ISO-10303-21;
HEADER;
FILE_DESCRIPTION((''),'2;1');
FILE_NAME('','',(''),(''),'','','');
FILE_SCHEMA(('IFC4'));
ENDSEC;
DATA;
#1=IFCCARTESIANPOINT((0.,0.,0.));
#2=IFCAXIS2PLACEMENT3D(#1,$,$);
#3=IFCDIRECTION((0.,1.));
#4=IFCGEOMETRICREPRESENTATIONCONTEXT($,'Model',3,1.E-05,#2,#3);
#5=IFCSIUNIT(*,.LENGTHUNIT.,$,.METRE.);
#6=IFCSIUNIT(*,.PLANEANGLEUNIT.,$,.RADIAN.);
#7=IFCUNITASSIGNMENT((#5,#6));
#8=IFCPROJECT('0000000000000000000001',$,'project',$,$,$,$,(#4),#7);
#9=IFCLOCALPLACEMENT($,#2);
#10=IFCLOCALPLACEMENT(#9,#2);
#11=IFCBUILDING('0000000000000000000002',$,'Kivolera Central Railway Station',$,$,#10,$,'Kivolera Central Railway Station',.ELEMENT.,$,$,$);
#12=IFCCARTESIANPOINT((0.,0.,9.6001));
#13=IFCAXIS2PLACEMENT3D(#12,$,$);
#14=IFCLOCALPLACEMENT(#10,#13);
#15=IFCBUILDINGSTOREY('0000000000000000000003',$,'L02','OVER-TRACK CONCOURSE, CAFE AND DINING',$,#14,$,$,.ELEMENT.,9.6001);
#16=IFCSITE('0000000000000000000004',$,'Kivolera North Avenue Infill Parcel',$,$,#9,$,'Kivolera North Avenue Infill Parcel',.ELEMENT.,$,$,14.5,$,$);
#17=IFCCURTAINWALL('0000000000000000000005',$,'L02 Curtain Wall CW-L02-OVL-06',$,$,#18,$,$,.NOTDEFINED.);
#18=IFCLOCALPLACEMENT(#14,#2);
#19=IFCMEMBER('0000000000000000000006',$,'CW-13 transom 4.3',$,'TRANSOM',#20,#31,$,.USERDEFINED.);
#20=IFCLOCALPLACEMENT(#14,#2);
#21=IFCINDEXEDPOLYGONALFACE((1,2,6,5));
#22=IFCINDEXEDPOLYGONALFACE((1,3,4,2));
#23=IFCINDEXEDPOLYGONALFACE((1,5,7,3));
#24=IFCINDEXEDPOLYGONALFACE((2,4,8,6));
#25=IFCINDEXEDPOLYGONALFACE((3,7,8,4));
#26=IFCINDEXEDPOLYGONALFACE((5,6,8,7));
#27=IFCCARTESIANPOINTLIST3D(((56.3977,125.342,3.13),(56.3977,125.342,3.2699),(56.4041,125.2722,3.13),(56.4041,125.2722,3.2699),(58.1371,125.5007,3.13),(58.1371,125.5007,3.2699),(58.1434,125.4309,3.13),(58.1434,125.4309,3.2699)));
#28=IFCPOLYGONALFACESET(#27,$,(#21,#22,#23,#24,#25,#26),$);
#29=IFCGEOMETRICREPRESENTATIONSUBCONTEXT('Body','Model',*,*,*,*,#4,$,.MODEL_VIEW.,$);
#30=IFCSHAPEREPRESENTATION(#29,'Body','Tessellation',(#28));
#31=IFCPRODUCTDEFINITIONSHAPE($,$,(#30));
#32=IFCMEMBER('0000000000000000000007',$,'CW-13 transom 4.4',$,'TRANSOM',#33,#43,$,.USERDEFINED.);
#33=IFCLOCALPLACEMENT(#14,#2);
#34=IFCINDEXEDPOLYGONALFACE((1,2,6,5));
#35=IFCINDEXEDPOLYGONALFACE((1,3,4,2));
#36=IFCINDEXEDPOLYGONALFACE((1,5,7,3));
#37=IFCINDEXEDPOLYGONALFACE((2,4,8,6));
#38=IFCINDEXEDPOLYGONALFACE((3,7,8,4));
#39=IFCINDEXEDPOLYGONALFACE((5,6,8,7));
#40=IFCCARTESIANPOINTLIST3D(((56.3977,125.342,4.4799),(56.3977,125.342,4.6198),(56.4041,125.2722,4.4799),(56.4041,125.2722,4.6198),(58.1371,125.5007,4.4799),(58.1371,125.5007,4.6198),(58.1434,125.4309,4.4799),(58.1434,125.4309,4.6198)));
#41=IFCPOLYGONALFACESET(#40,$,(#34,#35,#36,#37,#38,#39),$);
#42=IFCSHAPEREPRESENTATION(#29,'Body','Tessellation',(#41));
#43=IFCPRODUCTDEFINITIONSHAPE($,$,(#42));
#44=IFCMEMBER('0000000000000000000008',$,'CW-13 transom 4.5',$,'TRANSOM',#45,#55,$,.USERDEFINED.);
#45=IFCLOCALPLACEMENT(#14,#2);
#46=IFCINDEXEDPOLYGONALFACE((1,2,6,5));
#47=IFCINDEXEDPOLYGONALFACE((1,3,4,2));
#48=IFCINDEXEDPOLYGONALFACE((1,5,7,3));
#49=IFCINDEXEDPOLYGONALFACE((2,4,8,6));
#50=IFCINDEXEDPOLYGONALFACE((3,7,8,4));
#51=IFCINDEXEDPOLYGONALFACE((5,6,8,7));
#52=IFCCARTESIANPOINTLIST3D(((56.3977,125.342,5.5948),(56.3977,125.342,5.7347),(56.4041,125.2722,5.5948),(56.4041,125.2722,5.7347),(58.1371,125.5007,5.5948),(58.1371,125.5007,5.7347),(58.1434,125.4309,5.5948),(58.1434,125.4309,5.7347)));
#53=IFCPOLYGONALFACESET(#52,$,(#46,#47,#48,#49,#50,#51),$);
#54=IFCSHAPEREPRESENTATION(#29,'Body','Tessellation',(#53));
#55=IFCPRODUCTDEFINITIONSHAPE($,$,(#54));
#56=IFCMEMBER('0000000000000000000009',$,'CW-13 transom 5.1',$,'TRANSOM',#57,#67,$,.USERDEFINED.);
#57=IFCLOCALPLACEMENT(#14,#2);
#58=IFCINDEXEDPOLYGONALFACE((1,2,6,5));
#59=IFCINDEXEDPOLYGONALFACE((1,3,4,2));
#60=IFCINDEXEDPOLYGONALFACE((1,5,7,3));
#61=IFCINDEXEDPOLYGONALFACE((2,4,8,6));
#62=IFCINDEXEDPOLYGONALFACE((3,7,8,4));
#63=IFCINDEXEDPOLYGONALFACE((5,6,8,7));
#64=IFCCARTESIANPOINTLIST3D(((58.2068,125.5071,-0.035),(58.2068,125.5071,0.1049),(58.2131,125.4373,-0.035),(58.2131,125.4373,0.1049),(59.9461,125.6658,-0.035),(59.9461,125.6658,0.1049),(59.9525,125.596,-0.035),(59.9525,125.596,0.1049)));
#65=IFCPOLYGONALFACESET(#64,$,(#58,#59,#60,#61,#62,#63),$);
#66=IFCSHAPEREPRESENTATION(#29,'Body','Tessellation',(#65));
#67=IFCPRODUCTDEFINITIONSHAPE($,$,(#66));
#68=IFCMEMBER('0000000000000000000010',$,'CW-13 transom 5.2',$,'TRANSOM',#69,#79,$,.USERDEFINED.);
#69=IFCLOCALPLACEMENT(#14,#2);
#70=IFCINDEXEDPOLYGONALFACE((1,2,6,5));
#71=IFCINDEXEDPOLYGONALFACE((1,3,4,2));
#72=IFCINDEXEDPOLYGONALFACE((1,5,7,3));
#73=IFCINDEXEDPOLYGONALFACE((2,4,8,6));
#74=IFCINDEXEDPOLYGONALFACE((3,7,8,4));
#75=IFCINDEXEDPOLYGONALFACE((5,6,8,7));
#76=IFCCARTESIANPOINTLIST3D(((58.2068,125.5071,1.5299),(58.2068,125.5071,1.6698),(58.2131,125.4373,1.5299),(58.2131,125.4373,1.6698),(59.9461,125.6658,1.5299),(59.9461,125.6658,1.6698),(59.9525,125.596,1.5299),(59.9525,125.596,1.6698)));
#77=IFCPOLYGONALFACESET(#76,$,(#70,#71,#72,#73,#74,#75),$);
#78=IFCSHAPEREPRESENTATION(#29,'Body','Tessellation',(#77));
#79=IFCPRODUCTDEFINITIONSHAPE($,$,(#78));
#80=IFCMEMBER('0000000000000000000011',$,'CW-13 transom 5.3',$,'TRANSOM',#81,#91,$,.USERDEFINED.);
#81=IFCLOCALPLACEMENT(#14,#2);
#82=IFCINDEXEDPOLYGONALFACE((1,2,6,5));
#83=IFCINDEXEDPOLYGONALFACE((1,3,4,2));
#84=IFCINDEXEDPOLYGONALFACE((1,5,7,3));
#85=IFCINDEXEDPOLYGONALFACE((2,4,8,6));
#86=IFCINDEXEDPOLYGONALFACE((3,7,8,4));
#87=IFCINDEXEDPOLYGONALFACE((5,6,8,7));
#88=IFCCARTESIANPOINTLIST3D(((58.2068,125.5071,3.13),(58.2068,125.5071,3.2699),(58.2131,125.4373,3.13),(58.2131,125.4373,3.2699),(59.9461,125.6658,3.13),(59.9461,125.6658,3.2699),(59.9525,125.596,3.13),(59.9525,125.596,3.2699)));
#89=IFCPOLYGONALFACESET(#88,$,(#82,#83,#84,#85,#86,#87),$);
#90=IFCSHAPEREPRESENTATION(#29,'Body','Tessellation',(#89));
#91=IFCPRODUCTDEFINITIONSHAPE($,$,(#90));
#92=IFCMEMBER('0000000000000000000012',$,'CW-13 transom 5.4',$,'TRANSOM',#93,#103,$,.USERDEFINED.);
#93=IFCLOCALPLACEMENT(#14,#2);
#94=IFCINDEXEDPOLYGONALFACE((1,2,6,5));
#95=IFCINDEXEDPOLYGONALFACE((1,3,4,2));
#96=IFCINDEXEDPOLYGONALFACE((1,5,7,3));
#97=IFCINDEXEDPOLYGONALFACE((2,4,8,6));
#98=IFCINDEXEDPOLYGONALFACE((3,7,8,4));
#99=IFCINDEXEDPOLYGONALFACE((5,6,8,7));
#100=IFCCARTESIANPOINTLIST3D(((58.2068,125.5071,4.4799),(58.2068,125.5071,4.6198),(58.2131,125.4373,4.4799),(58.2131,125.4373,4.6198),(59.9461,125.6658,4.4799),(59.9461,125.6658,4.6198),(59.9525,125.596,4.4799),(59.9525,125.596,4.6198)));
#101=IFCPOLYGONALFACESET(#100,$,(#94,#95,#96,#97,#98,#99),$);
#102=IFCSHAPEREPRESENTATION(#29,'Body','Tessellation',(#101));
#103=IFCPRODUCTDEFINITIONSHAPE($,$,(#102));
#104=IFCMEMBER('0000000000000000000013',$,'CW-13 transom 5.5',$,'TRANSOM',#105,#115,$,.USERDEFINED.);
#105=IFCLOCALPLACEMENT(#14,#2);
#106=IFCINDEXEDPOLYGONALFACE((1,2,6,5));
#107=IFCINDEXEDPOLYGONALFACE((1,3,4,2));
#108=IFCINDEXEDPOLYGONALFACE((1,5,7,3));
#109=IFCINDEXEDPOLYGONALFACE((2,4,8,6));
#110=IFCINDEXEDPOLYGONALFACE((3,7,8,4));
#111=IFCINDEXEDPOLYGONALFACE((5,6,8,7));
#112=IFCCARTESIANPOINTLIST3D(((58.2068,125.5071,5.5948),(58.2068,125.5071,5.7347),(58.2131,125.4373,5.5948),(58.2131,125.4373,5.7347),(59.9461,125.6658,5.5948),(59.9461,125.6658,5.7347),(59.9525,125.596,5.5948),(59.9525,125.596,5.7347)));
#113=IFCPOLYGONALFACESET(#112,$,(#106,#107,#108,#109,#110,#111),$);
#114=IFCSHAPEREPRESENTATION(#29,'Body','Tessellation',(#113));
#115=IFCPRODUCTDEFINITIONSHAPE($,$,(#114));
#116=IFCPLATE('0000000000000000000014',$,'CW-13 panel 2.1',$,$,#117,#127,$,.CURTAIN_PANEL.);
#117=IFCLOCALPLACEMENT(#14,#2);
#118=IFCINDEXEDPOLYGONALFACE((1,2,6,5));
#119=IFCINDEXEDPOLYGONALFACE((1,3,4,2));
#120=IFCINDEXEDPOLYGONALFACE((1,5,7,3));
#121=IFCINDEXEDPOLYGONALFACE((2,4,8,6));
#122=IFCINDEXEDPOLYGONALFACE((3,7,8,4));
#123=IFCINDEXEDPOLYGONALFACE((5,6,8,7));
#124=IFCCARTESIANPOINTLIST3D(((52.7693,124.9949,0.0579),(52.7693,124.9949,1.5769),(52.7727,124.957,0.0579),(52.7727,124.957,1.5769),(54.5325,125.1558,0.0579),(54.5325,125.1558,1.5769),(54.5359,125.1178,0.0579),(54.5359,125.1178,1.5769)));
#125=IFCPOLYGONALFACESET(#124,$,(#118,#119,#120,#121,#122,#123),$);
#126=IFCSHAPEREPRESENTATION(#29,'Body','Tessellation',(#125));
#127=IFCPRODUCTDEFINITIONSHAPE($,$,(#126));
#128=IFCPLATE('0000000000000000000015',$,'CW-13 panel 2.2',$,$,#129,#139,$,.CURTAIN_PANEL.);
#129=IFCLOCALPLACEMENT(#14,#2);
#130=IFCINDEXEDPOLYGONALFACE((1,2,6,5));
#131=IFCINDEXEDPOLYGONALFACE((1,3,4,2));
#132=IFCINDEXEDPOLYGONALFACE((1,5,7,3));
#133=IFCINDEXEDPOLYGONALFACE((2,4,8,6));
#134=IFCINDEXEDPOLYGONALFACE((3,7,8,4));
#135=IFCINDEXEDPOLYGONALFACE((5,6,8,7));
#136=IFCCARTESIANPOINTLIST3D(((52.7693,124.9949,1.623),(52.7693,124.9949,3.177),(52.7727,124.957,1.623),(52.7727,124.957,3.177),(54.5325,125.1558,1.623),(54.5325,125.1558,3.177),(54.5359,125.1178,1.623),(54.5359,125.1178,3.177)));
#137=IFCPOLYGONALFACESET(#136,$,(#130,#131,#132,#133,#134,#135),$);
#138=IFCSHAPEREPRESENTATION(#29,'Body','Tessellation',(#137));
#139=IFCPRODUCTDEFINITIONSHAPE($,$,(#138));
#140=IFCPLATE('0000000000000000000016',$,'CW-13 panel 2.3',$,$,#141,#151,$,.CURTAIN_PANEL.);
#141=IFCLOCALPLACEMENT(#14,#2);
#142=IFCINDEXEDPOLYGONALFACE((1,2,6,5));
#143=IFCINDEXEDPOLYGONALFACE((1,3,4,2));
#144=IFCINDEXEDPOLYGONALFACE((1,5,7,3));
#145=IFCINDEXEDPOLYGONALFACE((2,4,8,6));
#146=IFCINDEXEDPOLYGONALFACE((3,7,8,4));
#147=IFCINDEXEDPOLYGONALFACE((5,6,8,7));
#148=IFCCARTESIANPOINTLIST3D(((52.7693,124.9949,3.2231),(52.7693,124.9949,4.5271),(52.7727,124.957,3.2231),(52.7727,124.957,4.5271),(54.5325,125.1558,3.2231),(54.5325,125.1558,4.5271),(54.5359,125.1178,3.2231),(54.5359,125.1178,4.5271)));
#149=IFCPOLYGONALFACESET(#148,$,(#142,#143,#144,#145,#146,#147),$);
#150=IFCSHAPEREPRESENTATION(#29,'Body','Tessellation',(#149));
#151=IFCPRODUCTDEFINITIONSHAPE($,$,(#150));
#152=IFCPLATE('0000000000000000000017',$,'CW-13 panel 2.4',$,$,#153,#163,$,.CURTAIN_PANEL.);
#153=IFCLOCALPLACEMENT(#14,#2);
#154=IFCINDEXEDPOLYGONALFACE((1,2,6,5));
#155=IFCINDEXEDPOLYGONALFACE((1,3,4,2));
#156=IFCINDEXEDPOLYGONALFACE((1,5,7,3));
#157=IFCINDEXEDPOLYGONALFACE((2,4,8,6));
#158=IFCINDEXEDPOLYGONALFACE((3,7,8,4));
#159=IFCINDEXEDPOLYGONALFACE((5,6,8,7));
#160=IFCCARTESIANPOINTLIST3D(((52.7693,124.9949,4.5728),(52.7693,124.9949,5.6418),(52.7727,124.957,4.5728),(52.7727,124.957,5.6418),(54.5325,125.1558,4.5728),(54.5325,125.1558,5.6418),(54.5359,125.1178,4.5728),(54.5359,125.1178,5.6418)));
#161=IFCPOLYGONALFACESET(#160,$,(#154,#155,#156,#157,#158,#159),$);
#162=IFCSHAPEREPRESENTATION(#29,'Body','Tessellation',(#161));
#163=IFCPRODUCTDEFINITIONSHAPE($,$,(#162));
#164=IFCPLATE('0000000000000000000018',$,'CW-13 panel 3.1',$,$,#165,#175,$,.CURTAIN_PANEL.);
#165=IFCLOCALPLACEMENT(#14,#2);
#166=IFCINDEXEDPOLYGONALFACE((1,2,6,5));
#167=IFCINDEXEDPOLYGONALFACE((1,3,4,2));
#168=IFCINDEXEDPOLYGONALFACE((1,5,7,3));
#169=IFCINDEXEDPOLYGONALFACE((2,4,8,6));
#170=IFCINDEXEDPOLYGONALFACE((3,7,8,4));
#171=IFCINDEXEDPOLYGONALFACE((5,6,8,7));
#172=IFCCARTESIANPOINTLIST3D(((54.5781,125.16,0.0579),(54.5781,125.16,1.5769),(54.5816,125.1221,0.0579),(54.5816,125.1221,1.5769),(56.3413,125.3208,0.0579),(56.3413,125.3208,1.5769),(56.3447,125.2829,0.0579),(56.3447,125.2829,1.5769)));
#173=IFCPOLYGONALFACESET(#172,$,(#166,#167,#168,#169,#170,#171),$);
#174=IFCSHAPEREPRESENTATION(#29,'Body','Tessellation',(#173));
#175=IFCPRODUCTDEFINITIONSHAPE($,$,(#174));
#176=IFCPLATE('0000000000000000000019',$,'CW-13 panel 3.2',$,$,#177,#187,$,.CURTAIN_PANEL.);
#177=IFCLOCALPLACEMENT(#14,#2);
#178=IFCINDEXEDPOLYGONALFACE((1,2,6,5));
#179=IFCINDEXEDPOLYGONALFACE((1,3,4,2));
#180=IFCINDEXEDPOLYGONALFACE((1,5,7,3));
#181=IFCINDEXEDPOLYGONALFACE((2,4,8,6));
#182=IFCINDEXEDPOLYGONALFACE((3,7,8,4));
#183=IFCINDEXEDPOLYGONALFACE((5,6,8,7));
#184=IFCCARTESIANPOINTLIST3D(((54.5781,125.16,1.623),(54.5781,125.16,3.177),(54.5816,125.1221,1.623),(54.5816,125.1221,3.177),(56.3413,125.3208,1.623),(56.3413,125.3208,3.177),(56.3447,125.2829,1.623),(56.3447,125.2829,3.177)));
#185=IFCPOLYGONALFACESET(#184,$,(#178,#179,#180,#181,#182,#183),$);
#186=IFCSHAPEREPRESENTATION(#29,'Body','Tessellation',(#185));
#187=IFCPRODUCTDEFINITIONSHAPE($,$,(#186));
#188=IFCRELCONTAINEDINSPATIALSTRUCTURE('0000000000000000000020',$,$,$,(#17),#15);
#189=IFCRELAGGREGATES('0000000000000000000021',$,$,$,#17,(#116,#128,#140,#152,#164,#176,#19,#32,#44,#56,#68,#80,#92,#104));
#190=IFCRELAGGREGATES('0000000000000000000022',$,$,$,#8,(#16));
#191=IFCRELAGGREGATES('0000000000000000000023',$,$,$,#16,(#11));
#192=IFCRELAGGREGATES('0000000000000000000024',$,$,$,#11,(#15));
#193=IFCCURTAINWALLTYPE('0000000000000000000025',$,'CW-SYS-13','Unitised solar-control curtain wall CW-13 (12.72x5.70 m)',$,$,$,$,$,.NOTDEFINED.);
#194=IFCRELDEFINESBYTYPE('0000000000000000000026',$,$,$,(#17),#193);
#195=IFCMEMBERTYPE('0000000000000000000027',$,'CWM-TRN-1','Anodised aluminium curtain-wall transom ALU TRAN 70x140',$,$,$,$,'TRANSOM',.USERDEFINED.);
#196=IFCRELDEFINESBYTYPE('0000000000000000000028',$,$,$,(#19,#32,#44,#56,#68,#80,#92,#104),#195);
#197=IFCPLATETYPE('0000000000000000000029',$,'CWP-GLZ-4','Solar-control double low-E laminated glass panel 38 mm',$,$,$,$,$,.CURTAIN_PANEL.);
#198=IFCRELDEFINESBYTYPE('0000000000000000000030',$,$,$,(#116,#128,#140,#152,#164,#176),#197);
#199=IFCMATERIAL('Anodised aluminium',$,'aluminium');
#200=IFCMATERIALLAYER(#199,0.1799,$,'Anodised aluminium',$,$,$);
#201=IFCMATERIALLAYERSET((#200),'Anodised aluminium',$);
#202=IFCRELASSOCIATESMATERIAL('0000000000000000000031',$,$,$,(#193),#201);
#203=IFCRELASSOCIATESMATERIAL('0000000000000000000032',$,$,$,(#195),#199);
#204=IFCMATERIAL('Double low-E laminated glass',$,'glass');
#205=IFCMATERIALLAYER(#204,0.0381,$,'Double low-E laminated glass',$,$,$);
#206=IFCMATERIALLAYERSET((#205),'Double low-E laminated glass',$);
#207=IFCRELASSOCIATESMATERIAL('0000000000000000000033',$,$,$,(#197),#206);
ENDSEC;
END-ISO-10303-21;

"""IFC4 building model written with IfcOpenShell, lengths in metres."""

from ifc_helpers import new_model, si_unit, direction, frame, origin, origin_2d, place, context, subcontext, project, spatial, rectangle, extrude, material, layer, layer_set, material_profile, profile_set, type_object, element, aggregate, save


model = new_model("IFC4")

# Units and contexts
model_context = context("Model", 3, precision=1e-05, world=origin(), true_north=direction((0.0, 1.0)))
body_context = subcontext(model_context, "Body", "Model", "MODEL_VIEW")
ifc_project = project(units=[si_unit("LENGTHUNIT", "METRE"), si_unit("PLANEANGLEUNIT", "RADIAN")], contexts=[model_context])

# Site, building, storey
site_placement = place(None, origin())
site = spatial("IfcSite", under=ifc_project, at=site_placement, Name="Kivolera North Avenue Infill Parcel", LongName="Kivolera North Avenue Infill Parcel", CompositionType="ELEMENT", RefElevation=14.5)
building_placement = place(site_placement, origin())
building = spatial("IfcBuilding", under=site, at=building_placement, Name="Kivolera Central Railway Station", LongName="Kivolera Central Railway Station", CompositionType="ELEMENT")
storey_placement = place(building_placement, frame((0.0, 0.0, 9.6001)))
storey = spatial("IfcBuildingStorey", under=building, at=storey_placement, Name="L02", Description="OVER-TRACK CONCOURSE, CAFE AND DINING", CompositionType="ELEMENT", Elevation=9.6001)

# Curtain wall, members, plates
ifc_material_1 = material(Name="Anodised aluminium", Category="aluminium")
ifc_layer_1 = layer(ifc_material_1, 0.1799, Name="Anodised aluminium")
ifc_layer_set_1 = layer_set([ifc_layer_1], Name="Anodised aluminium")
curtain_wall_type = type_object("IfcCurtainWallType", Name="CW-SYS-13", Description="Unitised solar-control curtain wall CW-13 (12.72x5.70 m)", PredefinedType="NOTDEFINED", material=ifc_layer_set_1)
curtain_wall_placement = place(storey_placement, origin())
curtain_wall = element("IfcCurtainWall", 1, at=curtain_wall_placement, inside=storey, type_object=curtain_wall_type, Name="L02 Curtain Wall CW-L02-OVL-06", PredefinedType="NOTDEFINED")
ifc_material_profile_1 = material_profile(ifc_material_1, rectangle(XDim=0.0701, YDim=0.1399, at=origin_2d()), Name="ALU TRAN 70x140")
ifc_profile_set_1 = profile_set([ifc_material_profile_1], Name="Anodised aluminium")
member_type_1 = type_object("IfcMemberType", Name="CWM-TRN-1", Description="Anodised aluminium curtain-wall transom ALU TRAN 70x140", ElementType="TRANSOM", PredefinedType="USERDEFINED", material=ifc_profile_set_1)
member_1_placement = place(storey_placement, frame((56.4009, 125.3071, 3.2), z_axis=(0.995863, 0.090863, 0.0), x_axis=(-0.090863, 0.995863, 0.0)))
member_1 = element("IfcMember", 2, at=member_1_placement, type_object=member_type_1, Name="CW-13 transom 4.3", ObjectType="TRANSOM", PredefinedType="USERDEFINED", context=body_context, shape_type="SweptSolid", body=[
    extrude(rectangle(XDim=0.0701, YDim=0.1399, at=origin_2d()), origin(), (0.0, 0.0, 1.0), 1.7466),
])
member_2_placement = place(storey_placement, frame((56.4009, 125.3071, 4.5498), z_axis=(0.995863, 0.090863, 0.0), x_axis=(-0.090863, 0.995863, 0.0)))
member_2 = element("IfcMember", 3, at=member_2_placement, type_object=member_type_1, Name="CW-13 transom 4.4", ObjectType="TRANSOM", PredefinedType="USERDEFINED", context=body_context, shape_type="SweptSolid", body=[
    extrude(rectangle(XDim=0.0701, YDim=0.1399, at=origin_2d()), origin(), (0.0, 0.0, 1.0), 1.7466),
])
member_3_placement = place(storey_placement, frame((56.4009, 125.3071, 5.6648), z_axis=(0.995863, 0.090863, 0.0), x_axis=(-0.090863, 0.995863, 0.0)))
member_3 = element("IfcMember", 4, at=member_3_placement, type_object=member_type_1, Name="CW-13 transom 4.5", ObjectType="TRANSOM", PredefinedType="USERDEFINED", context=body_context, shape_type="SweptSolid", body=[
    extrude(rectangle(XDim=0.0701, YDim=0.1399, at=origin_2d()), origin(), (0.0, 0.0, 1.0), 1.7466),
])
member_4_placement = place(storey_placement, frame((58.21, 125.4722, 0.0349), z_axis=(0.995863, 0.090863, 0.0), x_axis=(-0.090863, 0.995863, 0.0)))
member_4 = element("IfcMember", 5, at=member_4_placement, type_object=member_type_1, Name="CW-13 transom 5.1", ObjectType="TRANSOM", PredefinedType="USERDEFINED", context=body_context, shape_type="SweptSolid", body=[
    extrude(rectangle(XDim=0.0701, YDim=0.1399, at=origin_2d()), origin(), (0.0, 0.0, 1.0), 1.7466),
])
member_5_placement = place(storey_placement, frame((58.21, 125.4722, 1.5999), z_axis=(0.995863, 0.090863, 0.0), x_axis=(-0.090863, 0.995863, 0.0)))
member_5 = element("IfcMember", 6, at=member_5_placement, type_object=member_type_1, Name="CW-13 transom 5.2", ObjectType="TRANSOM", PredefinedType="USERDEFINED", context=body_context, shape_type="SweptSolid", body=[
    extrude(rectangle(XDim=0.0701, YDim=0.1399, at=origin_2d()), origin(), (0.0, 0.0, 1.0), 1.7466),
])
member_6_placement = place(storey_placement, frame((58.21, 125.4722, 3.2), z_axis=(0.995863, 0.090863, 0.0), x_axis=(-0.090863, 0.995863, 0.0)))
member_6 = element("IfcMember", 7, at=member_6_placement, type_object=member_type_1, Name="CW-13 transom 5.3", ObjectType="TRANSOM", PredefinedType="USERDEFINED", context=body_context, shape_type="SweptSolid", body=[
    extrude(rectangle(XDim=0.0701, YDim=0.1399, at=origin_2d()), origin(), (0.0, 0.0, 1.0), 1.7466),
])
member_7_placement = place(storey_placement, frame((58.21, 125.4722, 4.5498), z_axis=(0.995863, 0.090863, 0.0), x_axis=(-0.090863, 0.995863, 0.0)))
member_7 = element("IfcMember", 8, at=member_7_placement, type_object=member_type_1, Name="CW-13 transom 5.4", ObjectType="TRANSOM", PredefinedType="USERDEFINED", context=body_context, shape_type="SweptSolid", body=[
    extrude(rectangle(XDim=0.0701, YDim=0.1399, at=origin_2d()), origin(), (0.0, 0.0, 1.0), 1.7466),
])
member_8_placement = place(storey_placement, frame((58.21, 125.4722, 5.6648), z_axis=(0.995863, 0.090863, 0.0), x_axis=(-0.090863, 0.995863, 0.0)))
member_8 = element("IfcMember", 9, at=member_8_placement, type_object=member_type_1, Name="CW-13 transom 5.5", ObjectType="TRANSOM", PredefinedType="USERDEFINED", context=body_context, shape_type="SweptSolid", body=[
    extrude(rectangle(XDim=0.0701, YDim=0.1399, at=origin_2d()), origin(), (0.0, 0.0, 1.0), 1.7466),
])
ifc_material_2 = material(Name="Double low-E laminated glass", Category="glass")
ifc_layer_2 = layer(ifc_material_2, 0.0381, Name="Double low-E laminated glass")
ifc_layer_set_2 = layer_set([ifc_layer_2], Name="Double low-E laminated glass")
plate_type = type_object("IfcPlateType", Name="CWP-GLZ-4", Description="Solar-control double low-E laminated glass panel 38 mm", PredefinedType="CURTAIN_PANEL", material=ifc_layer_set_2)
plate_1_placement = place(storey_placement, frame((53.6526, 125.0564, 0.0579), z_axis=(0.0, 0.0, 1.0), x_axis=(0.995866, 0.090834, 0.0)))
plate_1 = element("IfcPlate", 10, at=plate_1_placement, type_object=plate_type, Name="CW-13 panel 2.1", PredefinedType="CURTAIN_PANEL", context=body_context, shape_type="SweptSolid", body=[
    extrude(rectangle(XDim=1.7705, YDim=0.0381, at=origin_2d()), origin(), (0.0, 0.0, 1.0), 1.519),
])
plate_2_placement = place(storey_placement, frame((53.6526, 125.0564, 1.623), z_axis=(0.0, 0.0, 1.0), x_axis=(0.995866, 0.090834, 0.0)))
plate_2 = element("IfcPlate", 11, at=plate_2_placement, type_object=plate_type, Name="CW-13 panel 2.2", PredefinedType="CURTAIN_PANEL", context=body_context, shape_type="SweptSolid", body=[
    extrude(rectangle(XDim=1.7705, YDim=0.0381, at=origin_2d()), origin(), (0.0, 0.0, 1.0), 1.554),
])
plate_3_placement = place(storey_placement, frame((53.6526, 125.0564, 3.2231), z_axis=(0.0, 0.0, 1.0), x_axis=(0.995866, 0.090834, 0.0)))
plate_3 = element("IfcPlate", 12, at=plate_3_placement, type_object=plate_type, Name="CW-13 panel 2.3", PredefinedType="CURTAIN_PANEL", context=body_context, shape_type="SweptSolid", body=[
    extrude(rectangle(XDim=1.7705, YDim=0.0381, at=origin_2d()), origin(), (0.0, 0.0, 1.0), 1.304),
])
plate_4_placement = place(storey_placement, frame((53.6526, 125.0564, 4.5728), z_axis=(0.0, 0.0, 1.0), x_axis=(0.995866, 0.090834, 0.0)))
plate_4 = element("IfcPlate", 13, at=plate_4_placement, type_object=plate_type, Name="CW-13 panel 2.4", PredefinedType="CURTAIN_PANEL", context=body_context, shape_type="SweptSolid", body=[
    extrude(rectangle(XDim=1.7705, YDim=0.0381, at=origin_2d()), origin(), (0.0, 0.0, 1.0), 1.0691),
])
plate_5_placement = place(storey_placement, frame((55.4614, 125.2214, 0.0579), z_axis=(0.0, 0.0, 1.0), x_axis=(0.995866, 0.090834, 0.0)))
plate_5 = element("IfcPlate", 14, at=plate_5_placement, type_object=plate_type, Name="CW-13 panel 3.1", PredefinedType="CURTAIN_PANEL", context=body_context, shape_type="SweptSolid", body=[
    extrude(rectangle(XDim=1.7705, YDim=0.0381, at=origin_2d()), origin(), (0.0, 0.0, 1.0), 1.519),
])
plate_6_placement = place(storey_placement, frame((55.4614, 125.2214, 1.623), z_axis=(0.0, 0.0, 1.0), x_axis=(0.995866, 0.090834, 0.0)))
plate_6 = element("IfcPlate", 15, at=plate_6_placement, type_object=plate_type, Name="CW-13 panel 3.2", PredefinedType="CURTAIN_PANEL", context=body_context, shape_type="SweptSolid", body=[
    extrude(rectangle(XDim=1.7705, YDim=0.0381, at=origin_2d()), origin(), (0.0, 0.0, 1.0), 1.554),
])
aggregate(curtain_wall, [plate_1, plate_2, plate_3, plate_4, plate_5, plate_6, member_1, member_2, member_3, member_4, member_5, member_6, member_7, member_8])

save(model, "model.ifc")
